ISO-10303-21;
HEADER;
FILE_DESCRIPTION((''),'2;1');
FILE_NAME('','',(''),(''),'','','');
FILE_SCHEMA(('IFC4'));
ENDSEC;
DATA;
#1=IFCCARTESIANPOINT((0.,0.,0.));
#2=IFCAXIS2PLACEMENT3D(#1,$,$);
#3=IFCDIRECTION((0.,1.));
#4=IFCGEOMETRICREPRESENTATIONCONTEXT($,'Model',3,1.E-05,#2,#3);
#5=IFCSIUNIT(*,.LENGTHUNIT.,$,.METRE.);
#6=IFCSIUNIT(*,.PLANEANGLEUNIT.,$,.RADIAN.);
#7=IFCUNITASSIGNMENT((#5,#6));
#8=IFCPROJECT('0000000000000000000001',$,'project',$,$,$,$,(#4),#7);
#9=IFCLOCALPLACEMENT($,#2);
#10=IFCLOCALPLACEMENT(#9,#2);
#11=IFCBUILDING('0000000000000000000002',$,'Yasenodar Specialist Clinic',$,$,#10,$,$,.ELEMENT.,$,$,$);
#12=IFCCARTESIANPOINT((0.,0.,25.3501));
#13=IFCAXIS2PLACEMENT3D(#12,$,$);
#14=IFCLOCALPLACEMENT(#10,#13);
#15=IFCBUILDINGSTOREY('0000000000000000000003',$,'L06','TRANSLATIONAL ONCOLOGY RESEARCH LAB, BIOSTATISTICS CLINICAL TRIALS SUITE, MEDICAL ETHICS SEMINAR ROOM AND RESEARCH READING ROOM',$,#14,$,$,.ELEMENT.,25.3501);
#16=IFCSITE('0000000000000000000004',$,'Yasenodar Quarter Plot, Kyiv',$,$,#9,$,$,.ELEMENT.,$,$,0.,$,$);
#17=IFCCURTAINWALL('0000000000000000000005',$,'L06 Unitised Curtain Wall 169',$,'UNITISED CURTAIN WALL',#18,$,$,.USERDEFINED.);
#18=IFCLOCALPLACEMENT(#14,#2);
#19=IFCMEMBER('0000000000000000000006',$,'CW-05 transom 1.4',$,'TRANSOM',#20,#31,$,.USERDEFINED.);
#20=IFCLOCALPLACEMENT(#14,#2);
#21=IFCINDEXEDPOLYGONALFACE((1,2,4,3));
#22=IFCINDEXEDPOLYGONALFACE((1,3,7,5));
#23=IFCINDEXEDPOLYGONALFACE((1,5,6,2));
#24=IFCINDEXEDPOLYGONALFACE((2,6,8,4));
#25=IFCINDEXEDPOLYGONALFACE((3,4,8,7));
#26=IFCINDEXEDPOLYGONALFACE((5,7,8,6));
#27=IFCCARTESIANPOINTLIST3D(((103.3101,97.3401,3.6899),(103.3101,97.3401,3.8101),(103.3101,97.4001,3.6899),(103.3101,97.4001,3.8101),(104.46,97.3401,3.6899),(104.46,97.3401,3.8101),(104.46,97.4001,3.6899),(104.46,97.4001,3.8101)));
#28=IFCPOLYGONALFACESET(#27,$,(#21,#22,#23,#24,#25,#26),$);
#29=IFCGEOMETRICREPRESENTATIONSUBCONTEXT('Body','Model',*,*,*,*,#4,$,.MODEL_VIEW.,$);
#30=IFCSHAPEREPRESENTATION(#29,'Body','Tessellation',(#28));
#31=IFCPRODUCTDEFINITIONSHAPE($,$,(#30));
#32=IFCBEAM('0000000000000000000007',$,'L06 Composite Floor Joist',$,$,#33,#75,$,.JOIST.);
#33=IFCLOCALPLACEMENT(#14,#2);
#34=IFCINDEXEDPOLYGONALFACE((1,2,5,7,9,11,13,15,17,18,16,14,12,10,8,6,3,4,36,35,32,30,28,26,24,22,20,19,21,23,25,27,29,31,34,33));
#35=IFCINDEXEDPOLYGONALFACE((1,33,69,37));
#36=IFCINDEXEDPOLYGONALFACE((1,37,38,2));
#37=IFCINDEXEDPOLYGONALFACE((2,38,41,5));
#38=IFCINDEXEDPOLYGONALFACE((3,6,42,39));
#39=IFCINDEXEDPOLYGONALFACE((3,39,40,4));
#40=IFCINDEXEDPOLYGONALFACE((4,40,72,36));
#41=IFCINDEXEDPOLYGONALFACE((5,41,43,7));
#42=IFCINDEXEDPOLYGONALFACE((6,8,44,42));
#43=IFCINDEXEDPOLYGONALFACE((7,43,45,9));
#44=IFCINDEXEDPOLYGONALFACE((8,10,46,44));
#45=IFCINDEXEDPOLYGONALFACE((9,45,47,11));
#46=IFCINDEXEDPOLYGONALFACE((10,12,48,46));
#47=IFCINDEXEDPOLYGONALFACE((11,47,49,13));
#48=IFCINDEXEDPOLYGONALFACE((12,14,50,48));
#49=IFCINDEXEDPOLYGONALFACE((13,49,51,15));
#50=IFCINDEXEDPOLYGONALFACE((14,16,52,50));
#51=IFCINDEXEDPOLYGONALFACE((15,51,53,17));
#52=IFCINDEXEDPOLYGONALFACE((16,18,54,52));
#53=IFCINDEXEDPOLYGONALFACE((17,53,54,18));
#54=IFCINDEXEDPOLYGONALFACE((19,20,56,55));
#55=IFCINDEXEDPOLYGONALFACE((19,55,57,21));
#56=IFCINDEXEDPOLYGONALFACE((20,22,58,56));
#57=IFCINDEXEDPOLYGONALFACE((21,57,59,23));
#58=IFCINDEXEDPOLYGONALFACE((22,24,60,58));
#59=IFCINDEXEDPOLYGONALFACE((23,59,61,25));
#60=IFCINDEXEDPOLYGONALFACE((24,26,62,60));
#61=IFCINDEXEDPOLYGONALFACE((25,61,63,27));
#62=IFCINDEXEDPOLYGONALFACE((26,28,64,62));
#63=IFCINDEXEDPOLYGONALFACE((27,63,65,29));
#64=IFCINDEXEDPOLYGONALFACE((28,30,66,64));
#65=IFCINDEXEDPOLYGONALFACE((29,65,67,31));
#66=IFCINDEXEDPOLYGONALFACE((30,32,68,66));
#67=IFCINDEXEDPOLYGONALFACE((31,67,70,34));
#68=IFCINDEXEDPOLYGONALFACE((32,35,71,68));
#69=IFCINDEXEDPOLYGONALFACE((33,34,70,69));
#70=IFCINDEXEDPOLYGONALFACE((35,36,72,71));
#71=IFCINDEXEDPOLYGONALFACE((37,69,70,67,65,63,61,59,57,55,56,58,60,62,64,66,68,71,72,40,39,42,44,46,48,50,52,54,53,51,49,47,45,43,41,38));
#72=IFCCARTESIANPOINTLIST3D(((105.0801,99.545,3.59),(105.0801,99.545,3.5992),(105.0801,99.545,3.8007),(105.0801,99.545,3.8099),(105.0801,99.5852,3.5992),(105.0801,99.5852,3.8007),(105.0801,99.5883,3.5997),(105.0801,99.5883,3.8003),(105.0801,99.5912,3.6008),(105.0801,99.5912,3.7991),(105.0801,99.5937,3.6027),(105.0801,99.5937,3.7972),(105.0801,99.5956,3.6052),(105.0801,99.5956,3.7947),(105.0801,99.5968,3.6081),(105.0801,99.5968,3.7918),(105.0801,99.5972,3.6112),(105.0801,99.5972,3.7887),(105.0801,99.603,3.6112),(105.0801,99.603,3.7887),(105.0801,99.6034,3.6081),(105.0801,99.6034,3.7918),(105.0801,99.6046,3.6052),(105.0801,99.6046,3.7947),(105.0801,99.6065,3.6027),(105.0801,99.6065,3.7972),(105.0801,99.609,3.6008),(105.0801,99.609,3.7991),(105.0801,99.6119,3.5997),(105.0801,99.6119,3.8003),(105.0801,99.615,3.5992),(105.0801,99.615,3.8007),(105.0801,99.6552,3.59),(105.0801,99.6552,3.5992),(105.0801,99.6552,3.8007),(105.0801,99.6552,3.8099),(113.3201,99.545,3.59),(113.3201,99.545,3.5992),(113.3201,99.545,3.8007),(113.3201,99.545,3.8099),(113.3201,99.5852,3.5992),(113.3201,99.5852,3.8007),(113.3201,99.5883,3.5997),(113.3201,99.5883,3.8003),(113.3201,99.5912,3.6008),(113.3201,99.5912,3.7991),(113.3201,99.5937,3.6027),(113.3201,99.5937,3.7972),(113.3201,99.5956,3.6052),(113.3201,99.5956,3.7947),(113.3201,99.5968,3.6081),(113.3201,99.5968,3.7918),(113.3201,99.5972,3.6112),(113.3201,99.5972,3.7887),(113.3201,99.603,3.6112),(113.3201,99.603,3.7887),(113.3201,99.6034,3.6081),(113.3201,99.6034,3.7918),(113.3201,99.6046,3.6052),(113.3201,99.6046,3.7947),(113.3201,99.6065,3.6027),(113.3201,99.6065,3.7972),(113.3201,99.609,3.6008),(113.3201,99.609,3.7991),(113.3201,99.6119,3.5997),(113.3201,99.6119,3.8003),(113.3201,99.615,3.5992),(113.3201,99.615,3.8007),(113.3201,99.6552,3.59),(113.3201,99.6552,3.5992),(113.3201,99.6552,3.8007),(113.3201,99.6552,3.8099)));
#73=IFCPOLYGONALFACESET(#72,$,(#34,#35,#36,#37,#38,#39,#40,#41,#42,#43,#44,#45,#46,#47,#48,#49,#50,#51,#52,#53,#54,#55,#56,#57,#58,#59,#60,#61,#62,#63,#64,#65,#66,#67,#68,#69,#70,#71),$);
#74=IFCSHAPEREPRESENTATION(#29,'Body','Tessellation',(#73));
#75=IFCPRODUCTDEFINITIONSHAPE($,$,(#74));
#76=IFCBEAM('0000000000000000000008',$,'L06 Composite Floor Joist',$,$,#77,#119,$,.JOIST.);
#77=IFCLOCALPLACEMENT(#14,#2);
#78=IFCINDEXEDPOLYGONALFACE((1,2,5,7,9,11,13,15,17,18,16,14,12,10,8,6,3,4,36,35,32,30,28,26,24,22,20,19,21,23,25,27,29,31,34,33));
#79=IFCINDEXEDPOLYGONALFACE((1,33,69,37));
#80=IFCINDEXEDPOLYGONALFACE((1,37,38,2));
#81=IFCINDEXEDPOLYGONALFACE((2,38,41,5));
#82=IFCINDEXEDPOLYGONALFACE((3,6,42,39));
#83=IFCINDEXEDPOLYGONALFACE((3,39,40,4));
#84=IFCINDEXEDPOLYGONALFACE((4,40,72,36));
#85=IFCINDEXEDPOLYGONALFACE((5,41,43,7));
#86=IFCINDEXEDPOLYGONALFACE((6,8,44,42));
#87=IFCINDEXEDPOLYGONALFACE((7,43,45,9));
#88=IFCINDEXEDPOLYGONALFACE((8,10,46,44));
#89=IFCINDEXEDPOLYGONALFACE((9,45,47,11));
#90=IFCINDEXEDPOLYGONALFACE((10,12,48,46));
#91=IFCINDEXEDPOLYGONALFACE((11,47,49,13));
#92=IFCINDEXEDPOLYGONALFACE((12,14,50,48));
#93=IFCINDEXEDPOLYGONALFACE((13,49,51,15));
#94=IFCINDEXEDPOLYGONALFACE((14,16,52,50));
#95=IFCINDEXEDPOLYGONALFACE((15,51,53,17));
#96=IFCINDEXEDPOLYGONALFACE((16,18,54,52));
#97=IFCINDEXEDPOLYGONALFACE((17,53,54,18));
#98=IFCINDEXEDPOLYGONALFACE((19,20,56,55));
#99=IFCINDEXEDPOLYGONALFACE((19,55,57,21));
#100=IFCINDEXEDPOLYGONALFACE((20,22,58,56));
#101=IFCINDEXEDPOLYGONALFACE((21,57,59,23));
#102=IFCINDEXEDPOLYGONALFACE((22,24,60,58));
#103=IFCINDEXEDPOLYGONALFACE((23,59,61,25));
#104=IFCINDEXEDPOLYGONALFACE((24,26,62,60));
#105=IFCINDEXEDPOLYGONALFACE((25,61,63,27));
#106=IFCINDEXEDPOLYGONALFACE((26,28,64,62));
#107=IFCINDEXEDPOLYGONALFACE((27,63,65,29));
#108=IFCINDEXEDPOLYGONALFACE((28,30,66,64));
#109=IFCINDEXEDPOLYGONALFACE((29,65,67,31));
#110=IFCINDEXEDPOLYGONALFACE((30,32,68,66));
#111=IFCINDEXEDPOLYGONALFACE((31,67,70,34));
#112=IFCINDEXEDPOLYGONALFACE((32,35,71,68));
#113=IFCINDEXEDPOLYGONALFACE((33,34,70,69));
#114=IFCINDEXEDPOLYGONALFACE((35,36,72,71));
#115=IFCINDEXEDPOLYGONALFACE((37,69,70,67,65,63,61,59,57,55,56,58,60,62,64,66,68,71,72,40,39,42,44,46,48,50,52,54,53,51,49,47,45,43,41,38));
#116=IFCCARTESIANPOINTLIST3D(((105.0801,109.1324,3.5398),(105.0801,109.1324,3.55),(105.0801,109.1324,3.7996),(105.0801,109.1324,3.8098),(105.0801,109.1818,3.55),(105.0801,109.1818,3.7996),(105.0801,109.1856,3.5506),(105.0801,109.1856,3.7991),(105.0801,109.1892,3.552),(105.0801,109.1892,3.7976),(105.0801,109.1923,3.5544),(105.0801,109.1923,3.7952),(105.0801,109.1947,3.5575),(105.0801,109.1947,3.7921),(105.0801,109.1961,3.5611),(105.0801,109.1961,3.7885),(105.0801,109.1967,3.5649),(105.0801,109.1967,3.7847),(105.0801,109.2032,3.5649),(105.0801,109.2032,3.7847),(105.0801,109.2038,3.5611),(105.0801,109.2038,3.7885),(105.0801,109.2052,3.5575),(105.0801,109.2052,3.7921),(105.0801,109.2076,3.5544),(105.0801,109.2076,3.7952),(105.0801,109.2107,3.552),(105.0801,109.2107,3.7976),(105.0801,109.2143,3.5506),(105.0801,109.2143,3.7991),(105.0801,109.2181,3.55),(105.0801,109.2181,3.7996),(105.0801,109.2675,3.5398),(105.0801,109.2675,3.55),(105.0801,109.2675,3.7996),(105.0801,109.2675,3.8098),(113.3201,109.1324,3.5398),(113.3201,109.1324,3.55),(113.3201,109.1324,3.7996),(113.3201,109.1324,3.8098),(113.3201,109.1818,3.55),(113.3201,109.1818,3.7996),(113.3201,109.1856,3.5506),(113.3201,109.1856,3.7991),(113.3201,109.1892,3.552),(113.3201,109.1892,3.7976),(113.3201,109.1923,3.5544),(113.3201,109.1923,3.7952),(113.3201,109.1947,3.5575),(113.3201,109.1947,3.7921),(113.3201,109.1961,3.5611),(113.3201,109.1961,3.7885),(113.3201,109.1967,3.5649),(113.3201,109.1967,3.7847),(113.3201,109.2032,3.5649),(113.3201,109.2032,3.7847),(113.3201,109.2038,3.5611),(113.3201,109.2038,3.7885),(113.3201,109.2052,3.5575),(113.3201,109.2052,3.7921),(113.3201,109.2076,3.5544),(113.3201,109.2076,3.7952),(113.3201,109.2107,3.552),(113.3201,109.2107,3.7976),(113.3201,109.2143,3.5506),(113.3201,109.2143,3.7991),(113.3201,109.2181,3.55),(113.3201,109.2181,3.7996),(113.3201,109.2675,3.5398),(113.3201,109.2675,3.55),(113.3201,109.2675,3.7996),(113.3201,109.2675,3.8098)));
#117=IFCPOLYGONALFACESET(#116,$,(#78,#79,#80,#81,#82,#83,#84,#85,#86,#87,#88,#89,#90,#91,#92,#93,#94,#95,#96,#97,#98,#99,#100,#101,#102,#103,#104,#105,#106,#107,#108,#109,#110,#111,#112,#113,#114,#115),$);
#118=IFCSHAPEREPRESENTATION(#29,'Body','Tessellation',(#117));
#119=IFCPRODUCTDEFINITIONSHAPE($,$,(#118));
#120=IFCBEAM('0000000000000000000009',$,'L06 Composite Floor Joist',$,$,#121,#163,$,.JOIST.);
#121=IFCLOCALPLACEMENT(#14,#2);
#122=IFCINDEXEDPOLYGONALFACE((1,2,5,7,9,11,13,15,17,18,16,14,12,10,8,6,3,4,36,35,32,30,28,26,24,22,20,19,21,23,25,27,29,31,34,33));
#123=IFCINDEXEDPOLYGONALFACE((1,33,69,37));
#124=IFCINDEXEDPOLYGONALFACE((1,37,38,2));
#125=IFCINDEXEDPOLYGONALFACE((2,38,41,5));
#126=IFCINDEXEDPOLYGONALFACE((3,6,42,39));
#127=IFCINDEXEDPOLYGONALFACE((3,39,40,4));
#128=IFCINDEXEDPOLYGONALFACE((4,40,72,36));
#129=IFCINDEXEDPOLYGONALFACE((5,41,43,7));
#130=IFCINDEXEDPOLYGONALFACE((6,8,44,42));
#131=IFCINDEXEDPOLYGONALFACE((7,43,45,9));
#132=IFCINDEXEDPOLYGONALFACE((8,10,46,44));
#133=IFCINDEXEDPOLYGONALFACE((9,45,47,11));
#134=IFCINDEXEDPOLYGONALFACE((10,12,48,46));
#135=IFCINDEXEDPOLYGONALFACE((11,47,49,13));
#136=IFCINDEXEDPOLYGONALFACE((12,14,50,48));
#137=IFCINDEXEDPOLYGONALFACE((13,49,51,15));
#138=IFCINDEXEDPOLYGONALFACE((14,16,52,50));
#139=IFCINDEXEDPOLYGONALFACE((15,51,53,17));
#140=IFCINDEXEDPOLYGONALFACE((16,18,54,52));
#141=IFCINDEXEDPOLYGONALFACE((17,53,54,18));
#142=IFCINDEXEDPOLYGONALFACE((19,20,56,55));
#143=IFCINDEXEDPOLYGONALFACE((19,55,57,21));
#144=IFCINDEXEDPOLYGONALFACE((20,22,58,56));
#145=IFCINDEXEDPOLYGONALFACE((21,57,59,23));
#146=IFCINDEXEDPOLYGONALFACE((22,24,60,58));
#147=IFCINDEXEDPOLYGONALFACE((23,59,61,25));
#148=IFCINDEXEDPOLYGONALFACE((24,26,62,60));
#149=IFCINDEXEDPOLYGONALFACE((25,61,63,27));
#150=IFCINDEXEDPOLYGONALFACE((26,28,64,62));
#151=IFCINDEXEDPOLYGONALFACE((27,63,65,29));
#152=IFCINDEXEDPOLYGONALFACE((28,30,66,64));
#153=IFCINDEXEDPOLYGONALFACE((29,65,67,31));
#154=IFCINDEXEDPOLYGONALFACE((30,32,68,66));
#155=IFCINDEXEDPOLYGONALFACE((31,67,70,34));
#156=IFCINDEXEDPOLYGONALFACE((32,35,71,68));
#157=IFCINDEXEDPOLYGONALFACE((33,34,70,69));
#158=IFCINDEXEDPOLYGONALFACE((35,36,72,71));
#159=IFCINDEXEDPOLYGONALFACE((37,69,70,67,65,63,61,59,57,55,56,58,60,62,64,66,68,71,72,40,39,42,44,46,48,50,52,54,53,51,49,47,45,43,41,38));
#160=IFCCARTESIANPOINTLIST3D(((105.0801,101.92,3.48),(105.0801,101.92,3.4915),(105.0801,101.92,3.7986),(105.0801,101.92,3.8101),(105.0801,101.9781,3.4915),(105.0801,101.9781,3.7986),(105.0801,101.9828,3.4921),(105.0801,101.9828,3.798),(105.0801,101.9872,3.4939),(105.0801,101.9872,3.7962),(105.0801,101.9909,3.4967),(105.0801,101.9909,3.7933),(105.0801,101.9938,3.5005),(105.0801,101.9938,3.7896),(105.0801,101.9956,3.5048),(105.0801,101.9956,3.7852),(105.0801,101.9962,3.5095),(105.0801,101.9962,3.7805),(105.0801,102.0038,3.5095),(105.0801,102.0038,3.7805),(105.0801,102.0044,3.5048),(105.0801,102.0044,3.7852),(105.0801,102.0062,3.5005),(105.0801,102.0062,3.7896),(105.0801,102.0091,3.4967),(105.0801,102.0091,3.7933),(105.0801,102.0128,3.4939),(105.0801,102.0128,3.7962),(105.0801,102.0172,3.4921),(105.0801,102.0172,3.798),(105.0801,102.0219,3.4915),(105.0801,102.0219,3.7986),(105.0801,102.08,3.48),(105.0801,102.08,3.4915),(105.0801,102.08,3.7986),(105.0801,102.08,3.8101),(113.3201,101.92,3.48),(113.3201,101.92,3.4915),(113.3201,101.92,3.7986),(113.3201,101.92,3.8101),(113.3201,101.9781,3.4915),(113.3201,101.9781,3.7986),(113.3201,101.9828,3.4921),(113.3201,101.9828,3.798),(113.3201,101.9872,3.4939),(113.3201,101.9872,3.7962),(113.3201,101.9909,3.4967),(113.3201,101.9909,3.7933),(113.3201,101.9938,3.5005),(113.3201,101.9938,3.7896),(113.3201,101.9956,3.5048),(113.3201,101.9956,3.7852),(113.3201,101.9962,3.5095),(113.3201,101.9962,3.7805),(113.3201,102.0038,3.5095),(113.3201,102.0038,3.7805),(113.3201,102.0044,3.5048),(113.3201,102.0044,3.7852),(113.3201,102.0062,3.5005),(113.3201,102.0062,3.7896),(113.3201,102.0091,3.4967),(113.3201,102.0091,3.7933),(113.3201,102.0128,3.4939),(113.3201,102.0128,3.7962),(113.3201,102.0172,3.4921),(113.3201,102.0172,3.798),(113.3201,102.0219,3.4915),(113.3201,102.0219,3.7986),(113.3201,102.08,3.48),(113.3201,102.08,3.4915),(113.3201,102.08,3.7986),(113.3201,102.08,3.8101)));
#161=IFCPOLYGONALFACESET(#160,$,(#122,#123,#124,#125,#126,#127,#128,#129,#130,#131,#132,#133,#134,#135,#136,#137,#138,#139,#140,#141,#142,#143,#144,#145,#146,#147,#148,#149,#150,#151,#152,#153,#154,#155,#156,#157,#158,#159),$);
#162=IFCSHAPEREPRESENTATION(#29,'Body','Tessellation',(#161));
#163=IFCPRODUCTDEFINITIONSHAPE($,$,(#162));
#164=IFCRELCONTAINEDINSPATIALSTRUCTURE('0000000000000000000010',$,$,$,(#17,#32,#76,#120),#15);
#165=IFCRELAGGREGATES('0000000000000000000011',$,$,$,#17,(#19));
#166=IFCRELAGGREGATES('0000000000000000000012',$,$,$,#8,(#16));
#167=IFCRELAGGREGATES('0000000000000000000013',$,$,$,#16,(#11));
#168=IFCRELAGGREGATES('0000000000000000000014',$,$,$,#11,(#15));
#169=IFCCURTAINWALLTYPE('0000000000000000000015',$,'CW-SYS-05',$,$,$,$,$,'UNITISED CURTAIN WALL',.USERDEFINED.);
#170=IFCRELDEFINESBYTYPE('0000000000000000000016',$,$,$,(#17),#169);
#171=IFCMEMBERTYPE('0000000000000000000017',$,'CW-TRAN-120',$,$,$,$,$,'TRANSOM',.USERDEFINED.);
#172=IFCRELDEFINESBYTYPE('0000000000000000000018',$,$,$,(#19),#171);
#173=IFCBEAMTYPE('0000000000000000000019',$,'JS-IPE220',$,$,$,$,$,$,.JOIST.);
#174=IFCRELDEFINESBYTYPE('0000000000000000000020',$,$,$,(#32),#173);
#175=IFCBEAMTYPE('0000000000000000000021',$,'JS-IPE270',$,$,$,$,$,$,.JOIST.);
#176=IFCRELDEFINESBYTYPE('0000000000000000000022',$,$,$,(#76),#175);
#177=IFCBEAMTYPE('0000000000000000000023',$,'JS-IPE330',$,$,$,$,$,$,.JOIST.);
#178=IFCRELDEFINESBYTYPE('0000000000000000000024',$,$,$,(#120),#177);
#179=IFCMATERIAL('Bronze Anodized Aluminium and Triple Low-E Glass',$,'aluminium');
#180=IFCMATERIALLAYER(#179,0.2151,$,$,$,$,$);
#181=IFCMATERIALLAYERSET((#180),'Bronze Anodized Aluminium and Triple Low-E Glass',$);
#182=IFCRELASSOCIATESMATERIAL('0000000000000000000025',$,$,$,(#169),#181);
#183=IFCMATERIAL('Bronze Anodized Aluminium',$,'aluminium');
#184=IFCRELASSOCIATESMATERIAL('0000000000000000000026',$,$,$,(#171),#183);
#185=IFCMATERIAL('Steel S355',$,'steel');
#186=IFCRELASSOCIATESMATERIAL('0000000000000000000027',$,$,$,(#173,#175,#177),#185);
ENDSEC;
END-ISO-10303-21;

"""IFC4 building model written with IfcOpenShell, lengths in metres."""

from ifc_helpers import new_model, si_unit, direction, frame, origin, origin_2d, place, context, subcontext, project, spatial, rectangle, i_section, extrude, material, layer, layer_set, material_profile, profile_set, type_object, element, aggregate, save


model = new_model("IFC4")

# Units and contexts
model_context = context("Model", 3, precision=1e-05, world=origin(), true_north=direction((0.0, 1.0)))
body_context = subcontext(model_context, "Body", "Model", "MODEL_VIEW")
ifc_project = project(units=[si_unit("LENGTHUNIT", "METRE"), si_unit("PLANEANGLEUNIT", "RADIAN")], contexts=[model_context])

# Site, building, storey
site_placement = place(None, origin())
site = spatial("IfcSite", under=ifc_project, at=site_placement, Name="Yasenodar Quarter Plot, Kyiv", CompositionType="ELEMENT", RefElevation=0.0)
building_placement = place(site_placement, origin())
building = spatial("IfcBuilding", under=site, at=building_placement, Name="Yasenodar Specialist Clinic", CompositionType="ELEMENT")
storey_placement = place(building_placement, frame((0.0, 0.0, 25.3501)))
storey = spatial("IfcBuildingStorey", under=building, at=storey_placement, Name="L06", Description="TRANSLATIONAL ONCOLOGY RESEARCH LAB, BIOSTATISTICS CLINICAL TRIALS SUITE, MEDICAL ETHICS SEMINAR ROOM AND RESEARCH READING ROOM", CompositionType="ELEMENT", Elevation=25.3501)

# Shared definitions
ifc_material_1 = material(Name="Steel S355", Category="steel")

# Curtain wall, member
ifc_material_2 = material(Name="Bronze Anodized Aluminium and Triple Low-E Glass", Category="aluminium")
ifc_layer_1 = layer(ifc_material_2, 0.2151)
ifc_layer_set_1 = layer_set([ifc_layer_1], Name="Bronze Anodized Aluminium and Triple Low-E Glass")
curtain_wall_type = type_object("IfcCurtainWallType", Name="CW-SYS-05", ElementType="UNITISED CURTAIN WALL", PredefinedType="USERDEFINED", material=ifc_layer_set_1)
curtain_wall_placement = place(storey_placement, origin())
curtain_wall = element("IfcCurtainWall", 1, at=curtain_wall_placement, inside=storey, type_object=curtain_wall_type, Name="L06 Unitised Curtain Wall 169", ObjectType="UNITISED CURTAIN WALL", PredefinedType="USERDEFINED")
ifc_material_3 = material(Name="Bronze Anodized Aluminium", Category="aluminium")
ifc_material_profile_1 = material_profile(ifc_material_3, rectangle(XDim=0.0601, YDim=0.1201, at=origin_2d()), Name="CW-TRAN 60x120")
ifc_profile_set_1 = profile_set([ifc_material_profile_1], Name="Bronze Anodized Aluminium")
member_type_1 = type_object("IfcMemberType", Name="CW-TRAN-120", ElementType="TRANSOM", PredefinedType="USERDEFINED", material=ifc_profile_set_1)
member_1_placement = place(storey_placement, frame((104.46, 97.3701, 3.75), z_axis=(-1.0, 0.0, 0.0), x_axis=(0.0, -1.0, 0.0)))
member_1 = element("IfcMember", 2, at=member_1_placement, type_object=member_type_1, Name="CW-05 transom 1.4", ObjectType="TRANSOM", PredefinedType="USERDEFINED", context=body_context, shape_type="SweptSolid", body=[
    extrude(rectangle(XDim=0.0601, YDim=0.1201, at=origin_2d()), origin(), (0.0, 0.0, 1.0), 1.1499),
])
aggregate(curtain_wall, [member_1])

# Beams
ifc_material_profile_2 = material_profile(ifc_material_1, i_section(OverallWidth=0.1101, OverallDepth=0.22, WebThickness=0.0059, FlangeThickness=0.0093, FilletRadius=0.012, at=origin_2d()), Name="IPE 220")
ifc_profile_set_2 = profile_set([ifc_material_profile_2], Name="Steel S355")
beam_type_1 = type_object("IfcBeamType", Name="JS-IPE220", PredefinedType="JOIST", material=ifc_profile_set_2)
beam_1_placement = place(storey_placement, frame((105.0801, 99.6001, 3.7), z_axis=(1.0, 0.0, 0.0), x_axis=(0.0, 1.0, 0.0)))
element("IfcBeam", 3, at=beam_1_placement, inside=storey, type_object=beam_type_1, Name="L06 Composite Floor Joist", PredefinedType="JOIST", context=body_context, shape_type="SweptSolid", body=[
    extrude(i_section(OverallWidth=0.1101, OverallDepth=0.22, WebThickness=0.0059, FlangeThickness=0.0093, FilletRadius=0.012, at=origin_2d()), origin(), (0.0, 0.0, 1.0), 8.24),
])
ifc_material_profile_3 = material_profile(ifc_material_1, i_section(OverallWidth=0.135, OverallDepth=0.27, WebThickness=0.0066, FlangeThickness=0.0103, FilletRadius=0.0149, at=origin_2d()), Name="IPE 270")
ifc_profile_set_3 = profile_set([ifc_material_profile_3], Name="Steel S355")
beam_type_2 = type_object("IfcBeamType", Name="JS-IPE270", PredefinedType="JOIST", material=ifc_profile_set_3)
beam_2_placement = place(storey_placement, frame((105.0801, 109.2, 3.6748), z_axis=(1.0, 0.0, 0.0), x_axis=(0.0, 1.0, 0.0)))
element("IfcBeam", 4, at=beam_2_placement, inside=storey, type_object=beam_type_2, Name="L06 Composite Floor Joist", PredefinedType="JOIST", context=body_context, shape_type="SweptSolid", body=[
    extrude(i_section(OverallWidth=0.135, OverallDepth=0.27, WebThickness=0.0066, FlangeThickness=0.0103, FilletRadius=0.0149, at=origin_2d()), origin(), (0.0, 0.0, 1.0), 8.24),
])
ifc_material_profile_4 = material_profile(ifc_material_1, i_section(OverallWidth=0.1599, OverallDepth=0.3301, WebThickness=0.0076, FlangeThickness=0.0115, FilletRadius=0.0181, at=origin_2d()), Name="IPE 330")
ifc_profile_set_4 = profile_set([ifc_material_profile_4], Name="Steel S355")
beam_type_3 = type_object("IfcBeamType", Name="JS-IPE330", PredefinedType="JOIST", material=ifc_profile_set_4)
for number, where, z_axis, x_axis, name in (
    (5, (105.0801, 102.0, 3.645), (1.0, 0.0, 0.0), (0.0, 1.0, 0.0), "L06 Composite Floor Joist"),
):
    element("IfcBeam", number, at=place(storey_placement, frame(where, z_axis=z_axis, x_axis=x_axis)), inside=storey, type_object=beam_type_3, Name=name, PredefinedType="JOIST", context=body_context, shape_type="SweptSolid", body=[
        extrude(i_section(OverallWidth=0.1599, OverallDepth=0.3301, WebThickness=0.0076, FlangeThickness=0.0115, FilletRadius=0.0181, at=origin_2d()), origin(), (0.0, 0.0, 1.0), 8.24),
    ])

save(model, "model.ifc")
